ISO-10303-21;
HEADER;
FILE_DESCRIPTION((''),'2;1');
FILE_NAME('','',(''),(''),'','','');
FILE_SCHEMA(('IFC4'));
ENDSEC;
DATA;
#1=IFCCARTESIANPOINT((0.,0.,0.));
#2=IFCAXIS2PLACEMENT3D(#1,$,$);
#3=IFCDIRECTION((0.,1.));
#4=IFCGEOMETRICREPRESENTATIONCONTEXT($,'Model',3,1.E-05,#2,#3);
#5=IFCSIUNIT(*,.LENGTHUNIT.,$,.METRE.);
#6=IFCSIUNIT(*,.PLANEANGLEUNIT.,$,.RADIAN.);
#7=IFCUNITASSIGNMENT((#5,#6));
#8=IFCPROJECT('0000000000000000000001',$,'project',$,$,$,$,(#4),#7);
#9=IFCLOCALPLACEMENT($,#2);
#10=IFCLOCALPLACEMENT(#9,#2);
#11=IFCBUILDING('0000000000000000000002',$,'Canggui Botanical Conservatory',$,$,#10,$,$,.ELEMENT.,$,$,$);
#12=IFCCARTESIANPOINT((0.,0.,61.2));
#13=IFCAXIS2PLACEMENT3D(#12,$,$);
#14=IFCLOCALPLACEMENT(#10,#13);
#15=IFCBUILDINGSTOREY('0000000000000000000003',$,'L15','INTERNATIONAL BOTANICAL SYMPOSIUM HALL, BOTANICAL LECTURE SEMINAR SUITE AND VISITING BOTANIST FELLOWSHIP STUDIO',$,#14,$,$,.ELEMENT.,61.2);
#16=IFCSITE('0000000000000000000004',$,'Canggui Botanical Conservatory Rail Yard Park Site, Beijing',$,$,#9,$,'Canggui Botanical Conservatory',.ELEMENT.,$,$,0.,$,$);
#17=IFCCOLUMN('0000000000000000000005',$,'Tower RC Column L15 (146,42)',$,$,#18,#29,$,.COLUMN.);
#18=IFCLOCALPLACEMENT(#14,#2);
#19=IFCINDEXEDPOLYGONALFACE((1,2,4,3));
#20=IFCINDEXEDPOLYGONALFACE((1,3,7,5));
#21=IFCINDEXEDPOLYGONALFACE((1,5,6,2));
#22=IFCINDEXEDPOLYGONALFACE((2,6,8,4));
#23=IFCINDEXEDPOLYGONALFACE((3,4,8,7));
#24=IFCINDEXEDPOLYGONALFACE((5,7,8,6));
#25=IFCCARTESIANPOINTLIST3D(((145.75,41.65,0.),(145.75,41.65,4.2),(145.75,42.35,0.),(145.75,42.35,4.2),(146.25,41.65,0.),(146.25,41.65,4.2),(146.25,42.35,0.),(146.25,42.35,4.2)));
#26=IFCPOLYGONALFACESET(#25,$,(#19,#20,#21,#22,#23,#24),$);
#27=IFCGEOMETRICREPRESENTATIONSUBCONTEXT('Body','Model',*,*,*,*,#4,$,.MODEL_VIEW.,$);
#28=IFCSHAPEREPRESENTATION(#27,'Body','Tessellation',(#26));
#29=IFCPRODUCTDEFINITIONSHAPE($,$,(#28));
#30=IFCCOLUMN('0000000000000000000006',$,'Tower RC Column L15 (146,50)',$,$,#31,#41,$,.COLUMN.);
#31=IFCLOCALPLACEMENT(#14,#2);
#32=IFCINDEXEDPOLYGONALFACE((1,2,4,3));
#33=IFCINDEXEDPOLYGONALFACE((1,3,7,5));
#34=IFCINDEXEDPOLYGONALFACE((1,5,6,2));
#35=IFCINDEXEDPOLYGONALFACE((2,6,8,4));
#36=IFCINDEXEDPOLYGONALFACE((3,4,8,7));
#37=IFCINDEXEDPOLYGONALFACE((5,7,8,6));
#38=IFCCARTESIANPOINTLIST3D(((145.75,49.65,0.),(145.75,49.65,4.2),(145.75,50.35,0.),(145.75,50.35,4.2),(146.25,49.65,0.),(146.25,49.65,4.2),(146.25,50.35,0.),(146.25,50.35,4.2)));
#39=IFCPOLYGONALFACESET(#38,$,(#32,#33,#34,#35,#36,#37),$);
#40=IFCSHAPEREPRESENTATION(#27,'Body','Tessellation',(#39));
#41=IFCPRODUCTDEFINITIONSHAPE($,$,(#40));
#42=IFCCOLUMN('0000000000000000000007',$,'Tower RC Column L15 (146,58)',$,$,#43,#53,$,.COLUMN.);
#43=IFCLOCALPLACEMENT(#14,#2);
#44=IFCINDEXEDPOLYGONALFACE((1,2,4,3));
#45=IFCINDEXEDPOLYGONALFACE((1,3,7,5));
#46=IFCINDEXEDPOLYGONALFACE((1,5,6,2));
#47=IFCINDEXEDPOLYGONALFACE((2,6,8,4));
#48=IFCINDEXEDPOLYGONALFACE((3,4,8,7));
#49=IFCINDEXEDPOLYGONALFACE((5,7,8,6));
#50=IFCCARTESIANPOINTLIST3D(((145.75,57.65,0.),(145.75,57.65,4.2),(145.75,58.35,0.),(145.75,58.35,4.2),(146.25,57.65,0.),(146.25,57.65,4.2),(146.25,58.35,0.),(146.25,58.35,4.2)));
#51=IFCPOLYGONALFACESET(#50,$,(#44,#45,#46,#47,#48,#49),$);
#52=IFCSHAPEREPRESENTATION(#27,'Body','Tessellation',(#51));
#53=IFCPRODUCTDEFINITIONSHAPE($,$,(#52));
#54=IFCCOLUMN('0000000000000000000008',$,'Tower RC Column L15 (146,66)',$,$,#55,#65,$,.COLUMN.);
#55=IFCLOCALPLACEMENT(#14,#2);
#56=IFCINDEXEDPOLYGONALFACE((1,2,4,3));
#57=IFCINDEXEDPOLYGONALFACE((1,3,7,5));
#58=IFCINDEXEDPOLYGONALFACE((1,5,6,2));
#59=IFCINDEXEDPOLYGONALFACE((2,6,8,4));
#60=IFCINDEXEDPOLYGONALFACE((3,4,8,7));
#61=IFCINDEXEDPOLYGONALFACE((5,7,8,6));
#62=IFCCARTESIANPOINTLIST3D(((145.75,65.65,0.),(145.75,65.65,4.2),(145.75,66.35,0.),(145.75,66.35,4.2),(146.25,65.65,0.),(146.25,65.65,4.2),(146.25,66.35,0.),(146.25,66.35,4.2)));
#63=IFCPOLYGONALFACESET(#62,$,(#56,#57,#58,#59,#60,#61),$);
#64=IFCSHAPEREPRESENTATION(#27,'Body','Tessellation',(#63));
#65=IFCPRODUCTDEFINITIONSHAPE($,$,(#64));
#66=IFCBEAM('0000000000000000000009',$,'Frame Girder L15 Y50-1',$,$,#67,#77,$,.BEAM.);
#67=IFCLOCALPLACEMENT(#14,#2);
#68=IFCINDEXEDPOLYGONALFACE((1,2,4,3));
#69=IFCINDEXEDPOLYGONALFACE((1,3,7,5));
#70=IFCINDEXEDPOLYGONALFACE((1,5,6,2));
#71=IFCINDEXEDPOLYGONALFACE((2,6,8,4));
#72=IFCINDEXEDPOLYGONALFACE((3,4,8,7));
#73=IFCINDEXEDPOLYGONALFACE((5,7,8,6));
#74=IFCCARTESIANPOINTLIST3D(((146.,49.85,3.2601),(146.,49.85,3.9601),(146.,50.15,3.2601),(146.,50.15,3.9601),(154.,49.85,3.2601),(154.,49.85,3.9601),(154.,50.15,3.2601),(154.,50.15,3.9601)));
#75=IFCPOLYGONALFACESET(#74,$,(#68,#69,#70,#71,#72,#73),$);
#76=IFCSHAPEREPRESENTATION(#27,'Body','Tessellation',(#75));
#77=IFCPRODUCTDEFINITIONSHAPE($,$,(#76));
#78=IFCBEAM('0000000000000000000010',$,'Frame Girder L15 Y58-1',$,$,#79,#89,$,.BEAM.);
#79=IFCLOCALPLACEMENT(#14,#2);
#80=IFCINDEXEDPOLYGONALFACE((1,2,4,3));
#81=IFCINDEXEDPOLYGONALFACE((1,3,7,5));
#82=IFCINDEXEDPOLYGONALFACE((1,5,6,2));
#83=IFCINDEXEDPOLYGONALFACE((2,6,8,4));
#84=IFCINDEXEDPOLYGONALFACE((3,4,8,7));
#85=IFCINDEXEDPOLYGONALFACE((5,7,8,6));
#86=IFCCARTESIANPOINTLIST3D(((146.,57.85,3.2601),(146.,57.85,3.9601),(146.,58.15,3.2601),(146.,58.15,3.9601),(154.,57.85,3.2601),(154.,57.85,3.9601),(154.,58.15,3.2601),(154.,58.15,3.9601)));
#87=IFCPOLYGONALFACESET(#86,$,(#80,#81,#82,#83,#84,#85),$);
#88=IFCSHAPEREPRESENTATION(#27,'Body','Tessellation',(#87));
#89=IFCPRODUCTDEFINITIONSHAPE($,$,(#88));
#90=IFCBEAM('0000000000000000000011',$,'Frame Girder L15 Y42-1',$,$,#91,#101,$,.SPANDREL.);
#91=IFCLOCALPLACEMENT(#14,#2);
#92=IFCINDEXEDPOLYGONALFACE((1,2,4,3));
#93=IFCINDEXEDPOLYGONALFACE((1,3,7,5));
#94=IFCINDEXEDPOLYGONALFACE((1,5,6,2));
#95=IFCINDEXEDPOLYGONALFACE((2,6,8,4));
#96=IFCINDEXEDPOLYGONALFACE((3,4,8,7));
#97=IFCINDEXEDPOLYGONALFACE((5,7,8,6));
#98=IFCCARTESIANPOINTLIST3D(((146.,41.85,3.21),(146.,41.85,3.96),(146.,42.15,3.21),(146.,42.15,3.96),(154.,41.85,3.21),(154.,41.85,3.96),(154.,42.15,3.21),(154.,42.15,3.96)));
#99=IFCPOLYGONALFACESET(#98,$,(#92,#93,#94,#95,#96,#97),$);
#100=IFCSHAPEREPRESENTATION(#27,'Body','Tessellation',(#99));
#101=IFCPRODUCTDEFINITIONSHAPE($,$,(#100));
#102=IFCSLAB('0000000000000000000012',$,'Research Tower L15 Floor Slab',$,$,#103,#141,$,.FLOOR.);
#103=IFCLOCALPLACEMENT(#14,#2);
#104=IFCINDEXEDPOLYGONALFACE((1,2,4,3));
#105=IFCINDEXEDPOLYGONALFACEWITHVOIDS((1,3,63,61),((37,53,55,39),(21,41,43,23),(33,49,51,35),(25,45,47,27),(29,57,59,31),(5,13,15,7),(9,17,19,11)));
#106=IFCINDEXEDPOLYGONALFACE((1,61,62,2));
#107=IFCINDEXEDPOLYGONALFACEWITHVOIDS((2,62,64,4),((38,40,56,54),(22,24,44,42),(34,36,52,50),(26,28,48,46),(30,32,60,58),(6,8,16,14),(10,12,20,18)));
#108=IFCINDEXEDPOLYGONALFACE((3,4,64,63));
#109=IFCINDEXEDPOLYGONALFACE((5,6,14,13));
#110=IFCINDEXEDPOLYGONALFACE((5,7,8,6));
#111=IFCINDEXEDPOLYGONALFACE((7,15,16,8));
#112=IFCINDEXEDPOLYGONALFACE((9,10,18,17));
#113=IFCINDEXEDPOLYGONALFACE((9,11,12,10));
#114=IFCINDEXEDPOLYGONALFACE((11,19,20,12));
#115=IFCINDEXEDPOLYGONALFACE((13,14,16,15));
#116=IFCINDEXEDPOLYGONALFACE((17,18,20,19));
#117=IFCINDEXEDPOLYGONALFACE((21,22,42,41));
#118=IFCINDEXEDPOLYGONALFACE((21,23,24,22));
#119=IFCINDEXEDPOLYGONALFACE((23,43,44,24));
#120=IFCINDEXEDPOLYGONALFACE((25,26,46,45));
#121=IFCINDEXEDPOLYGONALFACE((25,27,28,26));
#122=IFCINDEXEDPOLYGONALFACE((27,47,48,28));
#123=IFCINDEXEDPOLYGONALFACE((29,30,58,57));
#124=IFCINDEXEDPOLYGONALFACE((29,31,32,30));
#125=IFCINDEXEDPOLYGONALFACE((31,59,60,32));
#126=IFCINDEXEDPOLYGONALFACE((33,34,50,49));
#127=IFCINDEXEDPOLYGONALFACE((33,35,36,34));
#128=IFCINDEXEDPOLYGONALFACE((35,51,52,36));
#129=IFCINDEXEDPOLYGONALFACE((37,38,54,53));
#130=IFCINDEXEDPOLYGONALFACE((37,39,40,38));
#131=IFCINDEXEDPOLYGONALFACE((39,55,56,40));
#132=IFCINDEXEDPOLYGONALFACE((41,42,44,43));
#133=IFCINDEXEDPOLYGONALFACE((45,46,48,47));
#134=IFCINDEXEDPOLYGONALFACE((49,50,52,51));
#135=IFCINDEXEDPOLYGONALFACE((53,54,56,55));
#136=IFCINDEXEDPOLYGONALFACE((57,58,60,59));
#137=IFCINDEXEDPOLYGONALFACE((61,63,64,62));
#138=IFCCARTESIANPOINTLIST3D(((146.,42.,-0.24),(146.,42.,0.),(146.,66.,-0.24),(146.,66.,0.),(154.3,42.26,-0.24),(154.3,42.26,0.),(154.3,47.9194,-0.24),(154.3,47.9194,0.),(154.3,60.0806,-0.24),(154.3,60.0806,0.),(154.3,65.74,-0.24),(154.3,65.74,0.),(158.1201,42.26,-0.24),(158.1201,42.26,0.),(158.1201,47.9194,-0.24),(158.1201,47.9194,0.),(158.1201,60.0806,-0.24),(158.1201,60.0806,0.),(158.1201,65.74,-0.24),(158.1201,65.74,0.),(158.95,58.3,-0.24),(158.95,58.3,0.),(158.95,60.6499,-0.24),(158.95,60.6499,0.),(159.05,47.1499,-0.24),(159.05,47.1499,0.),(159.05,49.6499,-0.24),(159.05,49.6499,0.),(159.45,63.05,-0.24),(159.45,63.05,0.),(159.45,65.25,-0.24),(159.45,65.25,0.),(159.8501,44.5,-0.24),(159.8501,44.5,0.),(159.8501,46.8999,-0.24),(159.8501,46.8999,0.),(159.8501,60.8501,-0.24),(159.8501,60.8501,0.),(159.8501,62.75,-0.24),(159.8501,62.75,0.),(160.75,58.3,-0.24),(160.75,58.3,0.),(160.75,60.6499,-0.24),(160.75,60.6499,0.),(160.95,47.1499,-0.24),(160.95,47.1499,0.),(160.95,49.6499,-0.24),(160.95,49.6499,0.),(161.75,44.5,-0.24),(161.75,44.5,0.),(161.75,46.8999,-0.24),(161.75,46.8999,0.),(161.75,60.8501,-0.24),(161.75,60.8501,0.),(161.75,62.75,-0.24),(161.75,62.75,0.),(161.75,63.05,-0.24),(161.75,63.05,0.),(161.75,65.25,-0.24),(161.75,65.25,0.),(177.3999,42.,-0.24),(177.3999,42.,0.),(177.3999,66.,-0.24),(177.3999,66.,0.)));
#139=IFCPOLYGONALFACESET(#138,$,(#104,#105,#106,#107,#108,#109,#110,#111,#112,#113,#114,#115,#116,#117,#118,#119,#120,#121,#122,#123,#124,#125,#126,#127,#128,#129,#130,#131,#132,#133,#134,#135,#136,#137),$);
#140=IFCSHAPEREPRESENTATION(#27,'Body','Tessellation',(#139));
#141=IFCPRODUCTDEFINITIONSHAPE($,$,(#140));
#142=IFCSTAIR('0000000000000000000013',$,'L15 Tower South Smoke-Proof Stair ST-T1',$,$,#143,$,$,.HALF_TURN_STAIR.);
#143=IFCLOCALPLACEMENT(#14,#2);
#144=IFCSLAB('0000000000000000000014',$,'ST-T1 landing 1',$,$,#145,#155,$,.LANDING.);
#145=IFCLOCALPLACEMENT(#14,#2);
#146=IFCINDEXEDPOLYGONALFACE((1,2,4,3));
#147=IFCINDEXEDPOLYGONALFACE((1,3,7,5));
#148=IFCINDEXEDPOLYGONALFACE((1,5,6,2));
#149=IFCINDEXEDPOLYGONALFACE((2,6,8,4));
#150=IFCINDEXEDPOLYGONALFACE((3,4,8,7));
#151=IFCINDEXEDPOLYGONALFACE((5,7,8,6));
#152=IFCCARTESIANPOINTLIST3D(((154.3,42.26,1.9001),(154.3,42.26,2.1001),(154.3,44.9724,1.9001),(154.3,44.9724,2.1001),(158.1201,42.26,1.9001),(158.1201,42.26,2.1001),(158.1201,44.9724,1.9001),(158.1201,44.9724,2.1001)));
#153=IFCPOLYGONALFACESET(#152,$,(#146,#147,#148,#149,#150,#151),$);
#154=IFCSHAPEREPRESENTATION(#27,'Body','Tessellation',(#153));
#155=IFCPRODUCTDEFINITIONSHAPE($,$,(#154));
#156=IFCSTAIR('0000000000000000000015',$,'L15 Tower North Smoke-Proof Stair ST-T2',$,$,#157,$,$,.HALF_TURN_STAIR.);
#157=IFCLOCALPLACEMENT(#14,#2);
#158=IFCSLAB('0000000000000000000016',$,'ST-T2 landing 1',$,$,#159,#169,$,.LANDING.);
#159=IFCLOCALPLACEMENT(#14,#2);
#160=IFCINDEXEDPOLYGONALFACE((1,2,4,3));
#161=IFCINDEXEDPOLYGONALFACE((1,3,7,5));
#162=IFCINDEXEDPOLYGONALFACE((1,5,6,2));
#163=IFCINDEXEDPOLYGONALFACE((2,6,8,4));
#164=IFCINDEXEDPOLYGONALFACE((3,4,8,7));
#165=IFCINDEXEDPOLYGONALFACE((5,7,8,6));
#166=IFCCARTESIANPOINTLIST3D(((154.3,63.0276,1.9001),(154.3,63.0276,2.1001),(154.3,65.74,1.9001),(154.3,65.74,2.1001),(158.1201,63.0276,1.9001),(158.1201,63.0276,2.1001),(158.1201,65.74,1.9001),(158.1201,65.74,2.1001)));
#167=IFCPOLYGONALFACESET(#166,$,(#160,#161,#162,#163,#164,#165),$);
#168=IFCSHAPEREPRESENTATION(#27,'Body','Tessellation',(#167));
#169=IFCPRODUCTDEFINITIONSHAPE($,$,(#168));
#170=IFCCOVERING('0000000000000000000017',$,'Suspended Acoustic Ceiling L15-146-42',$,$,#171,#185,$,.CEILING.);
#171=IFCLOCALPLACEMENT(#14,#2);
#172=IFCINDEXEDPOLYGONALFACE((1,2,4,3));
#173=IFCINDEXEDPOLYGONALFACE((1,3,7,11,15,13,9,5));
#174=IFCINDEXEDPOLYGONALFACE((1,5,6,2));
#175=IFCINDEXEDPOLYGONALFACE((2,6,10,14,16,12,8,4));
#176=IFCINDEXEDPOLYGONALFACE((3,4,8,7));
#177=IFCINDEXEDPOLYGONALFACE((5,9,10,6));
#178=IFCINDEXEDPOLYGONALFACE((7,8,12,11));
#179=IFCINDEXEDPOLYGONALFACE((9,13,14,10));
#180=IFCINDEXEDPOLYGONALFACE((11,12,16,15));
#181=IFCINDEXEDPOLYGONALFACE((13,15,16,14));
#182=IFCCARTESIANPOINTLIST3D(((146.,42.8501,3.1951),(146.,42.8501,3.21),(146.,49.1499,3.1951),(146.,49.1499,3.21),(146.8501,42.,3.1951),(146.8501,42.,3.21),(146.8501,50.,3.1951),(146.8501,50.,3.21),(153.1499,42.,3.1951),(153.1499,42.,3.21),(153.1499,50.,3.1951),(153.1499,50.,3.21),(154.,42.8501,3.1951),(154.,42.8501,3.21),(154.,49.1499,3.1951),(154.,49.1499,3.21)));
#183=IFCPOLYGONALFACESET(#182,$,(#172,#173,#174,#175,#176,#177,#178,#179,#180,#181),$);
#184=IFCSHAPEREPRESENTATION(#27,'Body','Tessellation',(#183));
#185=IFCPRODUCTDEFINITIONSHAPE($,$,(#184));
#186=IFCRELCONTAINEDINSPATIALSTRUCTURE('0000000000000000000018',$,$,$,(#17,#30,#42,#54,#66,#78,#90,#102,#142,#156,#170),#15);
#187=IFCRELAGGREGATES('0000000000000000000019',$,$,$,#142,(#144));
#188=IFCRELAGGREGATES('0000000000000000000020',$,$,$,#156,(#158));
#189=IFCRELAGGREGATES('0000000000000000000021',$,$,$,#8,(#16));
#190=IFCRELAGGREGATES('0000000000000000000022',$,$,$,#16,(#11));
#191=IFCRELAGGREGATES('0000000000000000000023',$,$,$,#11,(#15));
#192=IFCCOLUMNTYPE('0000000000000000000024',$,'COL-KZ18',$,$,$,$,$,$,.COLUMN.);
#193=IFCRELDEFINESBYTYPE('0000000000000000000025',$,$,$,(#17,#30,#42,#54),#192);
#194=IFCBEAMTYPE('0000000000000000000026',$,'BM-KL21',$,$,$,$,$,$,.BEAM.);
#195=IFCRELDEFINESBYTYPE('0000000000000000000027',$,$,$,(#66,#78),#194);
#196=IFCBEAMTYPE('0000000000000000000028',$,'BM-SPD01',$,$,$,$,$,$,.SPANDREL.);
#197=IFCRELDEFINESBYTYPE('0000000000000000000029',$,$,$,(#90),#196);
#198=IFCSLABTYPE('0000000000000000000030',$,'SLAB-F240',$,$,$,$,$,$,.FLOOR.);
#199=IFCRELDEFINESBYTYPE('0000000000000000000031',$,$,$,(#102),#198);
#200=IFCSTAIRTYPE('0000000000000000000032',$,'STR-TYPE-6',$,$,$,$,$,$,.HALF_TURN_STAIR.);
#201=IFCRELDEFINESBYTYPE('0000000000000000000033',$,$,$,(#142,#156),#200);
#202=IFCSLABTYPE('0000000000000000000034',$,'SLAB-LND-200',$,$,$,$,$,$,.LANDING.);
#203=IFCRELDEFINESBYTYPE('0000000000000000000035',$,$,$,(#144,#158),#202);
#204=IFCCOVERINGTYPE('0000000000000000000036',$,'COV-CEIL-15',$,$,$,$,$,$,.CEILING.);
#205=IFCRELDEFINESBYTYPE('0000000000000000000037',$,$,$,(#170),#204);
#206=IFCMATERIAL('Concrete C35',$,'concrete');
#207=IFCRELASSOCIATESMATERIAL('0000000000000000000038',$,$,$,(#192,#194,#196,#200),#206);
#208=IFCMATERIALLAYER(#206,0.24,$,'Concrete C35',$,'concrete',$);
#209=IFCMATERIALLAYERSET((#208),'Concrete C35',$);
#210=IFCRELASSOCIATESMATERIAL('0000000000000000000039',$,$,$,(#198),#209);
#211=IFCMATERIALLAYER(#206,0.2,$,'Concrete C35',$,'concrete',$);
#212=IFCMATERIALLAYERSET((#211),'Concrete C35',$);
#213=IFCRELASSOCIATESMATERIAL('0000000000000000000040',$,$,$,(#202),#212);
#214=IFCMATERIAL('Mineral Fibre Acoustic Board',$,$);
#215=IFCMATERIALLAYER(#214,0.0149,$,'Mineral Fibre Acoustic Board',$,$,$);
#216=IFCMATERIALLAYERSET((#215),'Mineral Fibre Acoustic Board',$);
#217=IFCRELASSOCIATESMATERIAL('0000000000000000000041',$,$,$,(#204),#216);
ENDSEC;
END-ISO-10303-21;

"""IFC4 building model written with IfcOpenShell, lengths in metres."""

from ifc_helpers import new_model, si_unit, direction, frame, origin, origin_2d, place, context, subcontext, project, spatial, polyline, rectangle, outline, extrude, material, layer, layer_set, material_profile, profile_set, type_object, element, aggregate, save


model = new_model("IFC4")

# Units and contexts
model_context = context("Model", 3, precision=1e-05, world=origin(), true_north=direction((0.0, 1.0)))
body_context = subcontext(model_context, "Body", "Model", "MODEL_VIEW")
ifc_project = project(units=[si_unit("LENGTHUNIT", "METRE"), si_unit("PLANEANGLEUNIT", "RADIAN")], contexts=[model_context])

# Site, building, storey
site_placement = place(None, origin())
site = spatial("IfcSite", under=ifc_project, at=site_placement, Name="Canggui Botanical Conservatory Rail Yard Park Site, Beijing", LongName="Canggui Botanical Conservatory", CompositionType="ELEMENT", RefElevation=0.0)
building_placement = place(site_placement, origin())
building = spatial("IfcBuilding", under=site, at=building_placement, Name="Canggui Botanical Conservatory", CompositionType="ELEMENT")
storey_placement = place(building_placement, frame((0.0, 0.0, 61.2)))
storey = spatial("IfcBuildingStorey", under=building, at=storey_placement, Name="L15", Description="INTERNATIONAL BOTANICAL SYMPOSIUM HALL, BOTANICAL LECTURE SEMINAR SUITE AND VISITING BOTANIST FELLOWSHIP STUDIO", CompositionType="ELEMENT", Elevation=61.2)

# Columns
ifc_material_1 = material(Name="Concrete C35", Category="concrete")
ifc_material_profile_1 = material_profile(ifc_material_1, rectangle(XDim=0.5, YDim=0.7, at=origin_2d()), Name="RC 500x700")
ifc_profile_set_1 = profile_set([ifc_material_profile_1], Name="Concrete C35")
column_type = type_object("IfcColumnType", Name="COL-KZ18", PredefinedType="COLUMN", material=ifc_profile_set_1)
for number, where, z_axis, x_axis, name in (
    (1, (146.0, 42.0, 0.0), (0.0, 0.0, 1.0), (1.0, 0.0, 0.0), "Tower RC Column L15 (146,42)"),
    (2, (146.0, 50.0, 0.0), (0.0, 0.0, 1.0), (1.0, 0.0, 0.0), "Tower RC Column L15 (146,50)"),
    (3, (146.0, 58.0, 0.0), (0.0, 0.0, 1.0), (1.0, 0.0, 0.0), "Tower RC Column L15 (146,58)"),
    (4, (146.0, 66.0, 0.0), (0.0, 0.0, 1.0), (1.0, 0.0, 0.0), "Tower RC Column L15 (146,66)"),
):
    element("IfcColumn", number, at=place(storey_placement, frame(where, z_axis=z_axis, x_axis=x_axis)), inside=storey, type_object=column_type, Name=name, PredefinedType="COLUMN", context=body_context, shape_type="SweptSolid", body=[
        extrude(rectangle(XDim=0.5, YDim=0.7, at=origin_2d()), origin(), (0.0, 0.0, 1.0), 4.2),
    ])

# Beams
ifc_material_profile_2 = material_profile(ifc_material_1, rectangle(XDim=0.3, YDim=0.7, at=origin_2d()), Name="RB 300x700")
ifc_profile_set_2 = profile_set([ifc_material_profile_2], Name="Concrete C35")
beam_type_1 = type_object("IfcBeamType", Name="BM-KL21", PredefinedType="BEAM", material=ifc_profile_set_2)
for number, where, z_axis, x_axis, name in (
    (5, (146.0, 50.0, 3.6101), (1.0, 0.0, 0.0), (0.0, 1.0, 0.0), "Frame Girder L15 Y50-1"),
    (6, (146.0, 58.0, 3.6101), (1.0, 0.0, 0.0), (0.0, 1.0, 0.0), "Frame Girder L15 Y58-1"),
):
    element("IfcBeam", number, at=place(storey_placement, frame(where, z_axis=z_axis, x_axis=x_axis)), inside=storey, type_object=beam_type_1, Name=name, PredefinedType="BEAM", context=body_context, shape_type="SweptSolid", body=[
        extrude(rectangle(XDim=0.3, YDim=0.7, at=origin_2d()), origin(), (0.0, 0.0, 1.0), 8.0),
    ])
ifc_material_profile_3 = material_profile(ifc_material_1, rectangle(XDim=0.3, YDim=0.75, at=origin_2d()), Name="RB 300x750")
ifc_profile_set_3 = profile_set([ifc_material_profile_3], Name="Concrete C35")
beam_type_2 = type_object("IfcBeamType", Name="BM-SPD01", PredefinedType="SPANDREL", material=ifc_profile_set_3)
beam_placement = place(storey_placement, frame((146.0, 42.0, 3.585), z_axis=(1.0, 0.0, 0.0), x_axis=(0.0, 1.0, 0.0)))
element("IfcBeam", 7, at=beam_placement, inside=storey, type_object=beam_type_2, Name="Frame Girder L15 Y42-1", PredefinedType="SPANDREL", context=body_context, shape_type="SweptSolid", body=[
    extrude(rectangle(XDim=0.3, YDim=0.75, at=origin_2d()), origin(), (0.0, 0.0, 1.0), 8.0),
])

# Slab
ifc_layer_1 = layer(ifc_material_1, 0.24, Name="Concrete C35", Category="concrete")
ifc_layer_set_1 = layer_set([ifc_layer_1], Name="Concrete C35")
slab_type_1 = type_object("IfcSlabType", Name="SLAB-F240", PredefinedType="FLOOR", material=ifc_layer_set_1)
slab_1_placement = place(storey_placement, frame((0.0, 0.0, -0.24)))
element("IfcSlab", 8, at=slab_1_placement, inside=storey, type_object=slab_type_1, Name="Research Tower L15 Floor Slab", PredefinedType="FLOOR", context=body_context, shape_type="SweptSolid", body=[
    extrude(outline(polyline([(146.0, 42.0), (177.3999, 42.0), (177.3999, 66.0), (146.0, 66.0), (146.0, 42.0)]), holes=[polyline([(154.3, 47.9194), (154.3, 42.26), (158.1201, 42.26), (158.1201, 47.9194), (154.3, 47.9194)]), polyline([(158.1201, 60.0806), (158.1201, 65.74), (154.3, 65.74), (154.3, 60.0806), (158.1201, 60.0806)]), polyline([(159.05, 47.1499), (160.95, 47.1499), (160.95, 49.6499), (159.05, 49.6499), (159.05, 47.1499)]), polyline([(159.8501, 44.5), (161.75, 44.5), (161.75, 46.8999), (159.8501, 46.8999), (159.8501, 44.5)]), polyline([(158.95, 58.3), (160.75, 58.3), (160.75, 60.6499), (158.95, 60.6499), (158.95, 58.3)]), polyline([(159.8501, 60.8501), (161.75, 60.8501), (161.75, 62.75), (159.8501, 62.75), (159.8501, 60.8501)]), polyline([(159.45, 63.05), (161.75, 63.05), (161.75, 65.25), (159.45, 65.25), (159.45, 63.05)])]), origin(), (0.0, 0.0, 1.0), 0.24),
])

# Stairs, slabs
stair_type = type_object("IfcStairType", Name="STR-TYPE-6", PredefinedType="HALF_TURN_STAIR", material=ifc_material_1)
stair_1_placement = place(storey_placement, origin())
stair_1 = element("IfcStair", 9, at=stair_1_placement, inside=storey, type_object=stair_type, Name="L15 Tower South Smoke-Proof Stair ST-T1", PredefinedType="HALF_TURN_STAIR")
ifc_layer_2 = layer(ifc_material_1, 0.2, Name="Concrete C35", Category="concrete")
ifc_layer_set_2 = layer_set([ifc_layer_2], Name="Concrete C35")
slab_type_2 = type_object("IfcSlabType", Name="SLAB-LND-200", PredefinedType="LANDING", material=ifc_layer_set_2)
slab_2_placement = place(storey_placement, frame((0.0, 0.0, 1.9001)))
slab_2 = element("IfcSlab", 10, at=slab_2_placement, type_object=slab_type_2, Name="ST-T1 landing 1", PredefinedType="LANDING", context=body_context, shape_type="SweptSolid", body=[
    extrude(outline(polyline([(154.3, 44.9724), (154.3, 42.26), (158.1201, 42.26), (158.1201, 44.9724), (154.3, 44.9724)])), origin(), (0.0, 0.0, 1.0), 0.2),
])
aggregate(stair_1, [slab_2])
stair_2_placement = place(storey_placement, origin())
stair_2 = element("IfcStair", 11, at=stair_2_placement, inside=storey, type_object=stair_type, Name="L15 Tower North Smoke-Proof Stair ST-T2", PredefinedType="HALF_TURN_STAIR")
slab_3_placement = place(storey_placement, frame((0.0, 0.0, 1.9001)))
slab_3 = element("IfcSlab", 12, at=slab_3_placement, type_object=slab_type_2, Name="ST-T2 landing 1", PredefinedType="LANDING", context=body_context, shape_type="SweptSolid", body=[
    extrude(outline(polyline([(158.1201, 63.0276), (158.1201, 65.74), (154.3, 65.74), (154.3, 63.0276), (158.1201, 63.0276)])), origin(), (0.0, 0.0, 1.0), 0.2),
])
aggregate(stair_2, [slab_3])

# Covering
ifc_material_2 = material(Name="Mineral Fibre Acoustic Board")
ifc_layer_3 = layer(ifc_material_2, 0.0149, Name="Mineral Fibre Acoustic Board")
ifc_layer_set_3 = layer_set([ifc_layer_3], Name="Mineral Fibre Acoustic Board")
covering_type_1 = type_object("IfcCoveringType", Name="COV-CEIL-15", PredefinedType="CEILING", material=ifc_layer_set_3)
covering_1_placement = place(storey_placement, frame((0.0, 0.0, 3.1951)))
element("IfcCovering", 13, at=covering_1_placement, inside=storey, type_object=covering_type_1, Name="Suspended Acoustic Ceiling L15-146-42", PredefinedType="CEILING", context=body_context, shape_type="SweptSolid", body=[
    extrude(outline(polyline([(146.8501, 42.0), (153.1499, 42.0), (154.0, 42.8501), (154.0, 49.1499), (153.1499, 50.0), (146.8501, 50.0), (146.0, 49.1499), (146.0, 42.8501), (146.8501, 42.0)])), origin(), (0.0, 0.0, 1.0), 0.0149),
])

save(model, "model.ifc")
